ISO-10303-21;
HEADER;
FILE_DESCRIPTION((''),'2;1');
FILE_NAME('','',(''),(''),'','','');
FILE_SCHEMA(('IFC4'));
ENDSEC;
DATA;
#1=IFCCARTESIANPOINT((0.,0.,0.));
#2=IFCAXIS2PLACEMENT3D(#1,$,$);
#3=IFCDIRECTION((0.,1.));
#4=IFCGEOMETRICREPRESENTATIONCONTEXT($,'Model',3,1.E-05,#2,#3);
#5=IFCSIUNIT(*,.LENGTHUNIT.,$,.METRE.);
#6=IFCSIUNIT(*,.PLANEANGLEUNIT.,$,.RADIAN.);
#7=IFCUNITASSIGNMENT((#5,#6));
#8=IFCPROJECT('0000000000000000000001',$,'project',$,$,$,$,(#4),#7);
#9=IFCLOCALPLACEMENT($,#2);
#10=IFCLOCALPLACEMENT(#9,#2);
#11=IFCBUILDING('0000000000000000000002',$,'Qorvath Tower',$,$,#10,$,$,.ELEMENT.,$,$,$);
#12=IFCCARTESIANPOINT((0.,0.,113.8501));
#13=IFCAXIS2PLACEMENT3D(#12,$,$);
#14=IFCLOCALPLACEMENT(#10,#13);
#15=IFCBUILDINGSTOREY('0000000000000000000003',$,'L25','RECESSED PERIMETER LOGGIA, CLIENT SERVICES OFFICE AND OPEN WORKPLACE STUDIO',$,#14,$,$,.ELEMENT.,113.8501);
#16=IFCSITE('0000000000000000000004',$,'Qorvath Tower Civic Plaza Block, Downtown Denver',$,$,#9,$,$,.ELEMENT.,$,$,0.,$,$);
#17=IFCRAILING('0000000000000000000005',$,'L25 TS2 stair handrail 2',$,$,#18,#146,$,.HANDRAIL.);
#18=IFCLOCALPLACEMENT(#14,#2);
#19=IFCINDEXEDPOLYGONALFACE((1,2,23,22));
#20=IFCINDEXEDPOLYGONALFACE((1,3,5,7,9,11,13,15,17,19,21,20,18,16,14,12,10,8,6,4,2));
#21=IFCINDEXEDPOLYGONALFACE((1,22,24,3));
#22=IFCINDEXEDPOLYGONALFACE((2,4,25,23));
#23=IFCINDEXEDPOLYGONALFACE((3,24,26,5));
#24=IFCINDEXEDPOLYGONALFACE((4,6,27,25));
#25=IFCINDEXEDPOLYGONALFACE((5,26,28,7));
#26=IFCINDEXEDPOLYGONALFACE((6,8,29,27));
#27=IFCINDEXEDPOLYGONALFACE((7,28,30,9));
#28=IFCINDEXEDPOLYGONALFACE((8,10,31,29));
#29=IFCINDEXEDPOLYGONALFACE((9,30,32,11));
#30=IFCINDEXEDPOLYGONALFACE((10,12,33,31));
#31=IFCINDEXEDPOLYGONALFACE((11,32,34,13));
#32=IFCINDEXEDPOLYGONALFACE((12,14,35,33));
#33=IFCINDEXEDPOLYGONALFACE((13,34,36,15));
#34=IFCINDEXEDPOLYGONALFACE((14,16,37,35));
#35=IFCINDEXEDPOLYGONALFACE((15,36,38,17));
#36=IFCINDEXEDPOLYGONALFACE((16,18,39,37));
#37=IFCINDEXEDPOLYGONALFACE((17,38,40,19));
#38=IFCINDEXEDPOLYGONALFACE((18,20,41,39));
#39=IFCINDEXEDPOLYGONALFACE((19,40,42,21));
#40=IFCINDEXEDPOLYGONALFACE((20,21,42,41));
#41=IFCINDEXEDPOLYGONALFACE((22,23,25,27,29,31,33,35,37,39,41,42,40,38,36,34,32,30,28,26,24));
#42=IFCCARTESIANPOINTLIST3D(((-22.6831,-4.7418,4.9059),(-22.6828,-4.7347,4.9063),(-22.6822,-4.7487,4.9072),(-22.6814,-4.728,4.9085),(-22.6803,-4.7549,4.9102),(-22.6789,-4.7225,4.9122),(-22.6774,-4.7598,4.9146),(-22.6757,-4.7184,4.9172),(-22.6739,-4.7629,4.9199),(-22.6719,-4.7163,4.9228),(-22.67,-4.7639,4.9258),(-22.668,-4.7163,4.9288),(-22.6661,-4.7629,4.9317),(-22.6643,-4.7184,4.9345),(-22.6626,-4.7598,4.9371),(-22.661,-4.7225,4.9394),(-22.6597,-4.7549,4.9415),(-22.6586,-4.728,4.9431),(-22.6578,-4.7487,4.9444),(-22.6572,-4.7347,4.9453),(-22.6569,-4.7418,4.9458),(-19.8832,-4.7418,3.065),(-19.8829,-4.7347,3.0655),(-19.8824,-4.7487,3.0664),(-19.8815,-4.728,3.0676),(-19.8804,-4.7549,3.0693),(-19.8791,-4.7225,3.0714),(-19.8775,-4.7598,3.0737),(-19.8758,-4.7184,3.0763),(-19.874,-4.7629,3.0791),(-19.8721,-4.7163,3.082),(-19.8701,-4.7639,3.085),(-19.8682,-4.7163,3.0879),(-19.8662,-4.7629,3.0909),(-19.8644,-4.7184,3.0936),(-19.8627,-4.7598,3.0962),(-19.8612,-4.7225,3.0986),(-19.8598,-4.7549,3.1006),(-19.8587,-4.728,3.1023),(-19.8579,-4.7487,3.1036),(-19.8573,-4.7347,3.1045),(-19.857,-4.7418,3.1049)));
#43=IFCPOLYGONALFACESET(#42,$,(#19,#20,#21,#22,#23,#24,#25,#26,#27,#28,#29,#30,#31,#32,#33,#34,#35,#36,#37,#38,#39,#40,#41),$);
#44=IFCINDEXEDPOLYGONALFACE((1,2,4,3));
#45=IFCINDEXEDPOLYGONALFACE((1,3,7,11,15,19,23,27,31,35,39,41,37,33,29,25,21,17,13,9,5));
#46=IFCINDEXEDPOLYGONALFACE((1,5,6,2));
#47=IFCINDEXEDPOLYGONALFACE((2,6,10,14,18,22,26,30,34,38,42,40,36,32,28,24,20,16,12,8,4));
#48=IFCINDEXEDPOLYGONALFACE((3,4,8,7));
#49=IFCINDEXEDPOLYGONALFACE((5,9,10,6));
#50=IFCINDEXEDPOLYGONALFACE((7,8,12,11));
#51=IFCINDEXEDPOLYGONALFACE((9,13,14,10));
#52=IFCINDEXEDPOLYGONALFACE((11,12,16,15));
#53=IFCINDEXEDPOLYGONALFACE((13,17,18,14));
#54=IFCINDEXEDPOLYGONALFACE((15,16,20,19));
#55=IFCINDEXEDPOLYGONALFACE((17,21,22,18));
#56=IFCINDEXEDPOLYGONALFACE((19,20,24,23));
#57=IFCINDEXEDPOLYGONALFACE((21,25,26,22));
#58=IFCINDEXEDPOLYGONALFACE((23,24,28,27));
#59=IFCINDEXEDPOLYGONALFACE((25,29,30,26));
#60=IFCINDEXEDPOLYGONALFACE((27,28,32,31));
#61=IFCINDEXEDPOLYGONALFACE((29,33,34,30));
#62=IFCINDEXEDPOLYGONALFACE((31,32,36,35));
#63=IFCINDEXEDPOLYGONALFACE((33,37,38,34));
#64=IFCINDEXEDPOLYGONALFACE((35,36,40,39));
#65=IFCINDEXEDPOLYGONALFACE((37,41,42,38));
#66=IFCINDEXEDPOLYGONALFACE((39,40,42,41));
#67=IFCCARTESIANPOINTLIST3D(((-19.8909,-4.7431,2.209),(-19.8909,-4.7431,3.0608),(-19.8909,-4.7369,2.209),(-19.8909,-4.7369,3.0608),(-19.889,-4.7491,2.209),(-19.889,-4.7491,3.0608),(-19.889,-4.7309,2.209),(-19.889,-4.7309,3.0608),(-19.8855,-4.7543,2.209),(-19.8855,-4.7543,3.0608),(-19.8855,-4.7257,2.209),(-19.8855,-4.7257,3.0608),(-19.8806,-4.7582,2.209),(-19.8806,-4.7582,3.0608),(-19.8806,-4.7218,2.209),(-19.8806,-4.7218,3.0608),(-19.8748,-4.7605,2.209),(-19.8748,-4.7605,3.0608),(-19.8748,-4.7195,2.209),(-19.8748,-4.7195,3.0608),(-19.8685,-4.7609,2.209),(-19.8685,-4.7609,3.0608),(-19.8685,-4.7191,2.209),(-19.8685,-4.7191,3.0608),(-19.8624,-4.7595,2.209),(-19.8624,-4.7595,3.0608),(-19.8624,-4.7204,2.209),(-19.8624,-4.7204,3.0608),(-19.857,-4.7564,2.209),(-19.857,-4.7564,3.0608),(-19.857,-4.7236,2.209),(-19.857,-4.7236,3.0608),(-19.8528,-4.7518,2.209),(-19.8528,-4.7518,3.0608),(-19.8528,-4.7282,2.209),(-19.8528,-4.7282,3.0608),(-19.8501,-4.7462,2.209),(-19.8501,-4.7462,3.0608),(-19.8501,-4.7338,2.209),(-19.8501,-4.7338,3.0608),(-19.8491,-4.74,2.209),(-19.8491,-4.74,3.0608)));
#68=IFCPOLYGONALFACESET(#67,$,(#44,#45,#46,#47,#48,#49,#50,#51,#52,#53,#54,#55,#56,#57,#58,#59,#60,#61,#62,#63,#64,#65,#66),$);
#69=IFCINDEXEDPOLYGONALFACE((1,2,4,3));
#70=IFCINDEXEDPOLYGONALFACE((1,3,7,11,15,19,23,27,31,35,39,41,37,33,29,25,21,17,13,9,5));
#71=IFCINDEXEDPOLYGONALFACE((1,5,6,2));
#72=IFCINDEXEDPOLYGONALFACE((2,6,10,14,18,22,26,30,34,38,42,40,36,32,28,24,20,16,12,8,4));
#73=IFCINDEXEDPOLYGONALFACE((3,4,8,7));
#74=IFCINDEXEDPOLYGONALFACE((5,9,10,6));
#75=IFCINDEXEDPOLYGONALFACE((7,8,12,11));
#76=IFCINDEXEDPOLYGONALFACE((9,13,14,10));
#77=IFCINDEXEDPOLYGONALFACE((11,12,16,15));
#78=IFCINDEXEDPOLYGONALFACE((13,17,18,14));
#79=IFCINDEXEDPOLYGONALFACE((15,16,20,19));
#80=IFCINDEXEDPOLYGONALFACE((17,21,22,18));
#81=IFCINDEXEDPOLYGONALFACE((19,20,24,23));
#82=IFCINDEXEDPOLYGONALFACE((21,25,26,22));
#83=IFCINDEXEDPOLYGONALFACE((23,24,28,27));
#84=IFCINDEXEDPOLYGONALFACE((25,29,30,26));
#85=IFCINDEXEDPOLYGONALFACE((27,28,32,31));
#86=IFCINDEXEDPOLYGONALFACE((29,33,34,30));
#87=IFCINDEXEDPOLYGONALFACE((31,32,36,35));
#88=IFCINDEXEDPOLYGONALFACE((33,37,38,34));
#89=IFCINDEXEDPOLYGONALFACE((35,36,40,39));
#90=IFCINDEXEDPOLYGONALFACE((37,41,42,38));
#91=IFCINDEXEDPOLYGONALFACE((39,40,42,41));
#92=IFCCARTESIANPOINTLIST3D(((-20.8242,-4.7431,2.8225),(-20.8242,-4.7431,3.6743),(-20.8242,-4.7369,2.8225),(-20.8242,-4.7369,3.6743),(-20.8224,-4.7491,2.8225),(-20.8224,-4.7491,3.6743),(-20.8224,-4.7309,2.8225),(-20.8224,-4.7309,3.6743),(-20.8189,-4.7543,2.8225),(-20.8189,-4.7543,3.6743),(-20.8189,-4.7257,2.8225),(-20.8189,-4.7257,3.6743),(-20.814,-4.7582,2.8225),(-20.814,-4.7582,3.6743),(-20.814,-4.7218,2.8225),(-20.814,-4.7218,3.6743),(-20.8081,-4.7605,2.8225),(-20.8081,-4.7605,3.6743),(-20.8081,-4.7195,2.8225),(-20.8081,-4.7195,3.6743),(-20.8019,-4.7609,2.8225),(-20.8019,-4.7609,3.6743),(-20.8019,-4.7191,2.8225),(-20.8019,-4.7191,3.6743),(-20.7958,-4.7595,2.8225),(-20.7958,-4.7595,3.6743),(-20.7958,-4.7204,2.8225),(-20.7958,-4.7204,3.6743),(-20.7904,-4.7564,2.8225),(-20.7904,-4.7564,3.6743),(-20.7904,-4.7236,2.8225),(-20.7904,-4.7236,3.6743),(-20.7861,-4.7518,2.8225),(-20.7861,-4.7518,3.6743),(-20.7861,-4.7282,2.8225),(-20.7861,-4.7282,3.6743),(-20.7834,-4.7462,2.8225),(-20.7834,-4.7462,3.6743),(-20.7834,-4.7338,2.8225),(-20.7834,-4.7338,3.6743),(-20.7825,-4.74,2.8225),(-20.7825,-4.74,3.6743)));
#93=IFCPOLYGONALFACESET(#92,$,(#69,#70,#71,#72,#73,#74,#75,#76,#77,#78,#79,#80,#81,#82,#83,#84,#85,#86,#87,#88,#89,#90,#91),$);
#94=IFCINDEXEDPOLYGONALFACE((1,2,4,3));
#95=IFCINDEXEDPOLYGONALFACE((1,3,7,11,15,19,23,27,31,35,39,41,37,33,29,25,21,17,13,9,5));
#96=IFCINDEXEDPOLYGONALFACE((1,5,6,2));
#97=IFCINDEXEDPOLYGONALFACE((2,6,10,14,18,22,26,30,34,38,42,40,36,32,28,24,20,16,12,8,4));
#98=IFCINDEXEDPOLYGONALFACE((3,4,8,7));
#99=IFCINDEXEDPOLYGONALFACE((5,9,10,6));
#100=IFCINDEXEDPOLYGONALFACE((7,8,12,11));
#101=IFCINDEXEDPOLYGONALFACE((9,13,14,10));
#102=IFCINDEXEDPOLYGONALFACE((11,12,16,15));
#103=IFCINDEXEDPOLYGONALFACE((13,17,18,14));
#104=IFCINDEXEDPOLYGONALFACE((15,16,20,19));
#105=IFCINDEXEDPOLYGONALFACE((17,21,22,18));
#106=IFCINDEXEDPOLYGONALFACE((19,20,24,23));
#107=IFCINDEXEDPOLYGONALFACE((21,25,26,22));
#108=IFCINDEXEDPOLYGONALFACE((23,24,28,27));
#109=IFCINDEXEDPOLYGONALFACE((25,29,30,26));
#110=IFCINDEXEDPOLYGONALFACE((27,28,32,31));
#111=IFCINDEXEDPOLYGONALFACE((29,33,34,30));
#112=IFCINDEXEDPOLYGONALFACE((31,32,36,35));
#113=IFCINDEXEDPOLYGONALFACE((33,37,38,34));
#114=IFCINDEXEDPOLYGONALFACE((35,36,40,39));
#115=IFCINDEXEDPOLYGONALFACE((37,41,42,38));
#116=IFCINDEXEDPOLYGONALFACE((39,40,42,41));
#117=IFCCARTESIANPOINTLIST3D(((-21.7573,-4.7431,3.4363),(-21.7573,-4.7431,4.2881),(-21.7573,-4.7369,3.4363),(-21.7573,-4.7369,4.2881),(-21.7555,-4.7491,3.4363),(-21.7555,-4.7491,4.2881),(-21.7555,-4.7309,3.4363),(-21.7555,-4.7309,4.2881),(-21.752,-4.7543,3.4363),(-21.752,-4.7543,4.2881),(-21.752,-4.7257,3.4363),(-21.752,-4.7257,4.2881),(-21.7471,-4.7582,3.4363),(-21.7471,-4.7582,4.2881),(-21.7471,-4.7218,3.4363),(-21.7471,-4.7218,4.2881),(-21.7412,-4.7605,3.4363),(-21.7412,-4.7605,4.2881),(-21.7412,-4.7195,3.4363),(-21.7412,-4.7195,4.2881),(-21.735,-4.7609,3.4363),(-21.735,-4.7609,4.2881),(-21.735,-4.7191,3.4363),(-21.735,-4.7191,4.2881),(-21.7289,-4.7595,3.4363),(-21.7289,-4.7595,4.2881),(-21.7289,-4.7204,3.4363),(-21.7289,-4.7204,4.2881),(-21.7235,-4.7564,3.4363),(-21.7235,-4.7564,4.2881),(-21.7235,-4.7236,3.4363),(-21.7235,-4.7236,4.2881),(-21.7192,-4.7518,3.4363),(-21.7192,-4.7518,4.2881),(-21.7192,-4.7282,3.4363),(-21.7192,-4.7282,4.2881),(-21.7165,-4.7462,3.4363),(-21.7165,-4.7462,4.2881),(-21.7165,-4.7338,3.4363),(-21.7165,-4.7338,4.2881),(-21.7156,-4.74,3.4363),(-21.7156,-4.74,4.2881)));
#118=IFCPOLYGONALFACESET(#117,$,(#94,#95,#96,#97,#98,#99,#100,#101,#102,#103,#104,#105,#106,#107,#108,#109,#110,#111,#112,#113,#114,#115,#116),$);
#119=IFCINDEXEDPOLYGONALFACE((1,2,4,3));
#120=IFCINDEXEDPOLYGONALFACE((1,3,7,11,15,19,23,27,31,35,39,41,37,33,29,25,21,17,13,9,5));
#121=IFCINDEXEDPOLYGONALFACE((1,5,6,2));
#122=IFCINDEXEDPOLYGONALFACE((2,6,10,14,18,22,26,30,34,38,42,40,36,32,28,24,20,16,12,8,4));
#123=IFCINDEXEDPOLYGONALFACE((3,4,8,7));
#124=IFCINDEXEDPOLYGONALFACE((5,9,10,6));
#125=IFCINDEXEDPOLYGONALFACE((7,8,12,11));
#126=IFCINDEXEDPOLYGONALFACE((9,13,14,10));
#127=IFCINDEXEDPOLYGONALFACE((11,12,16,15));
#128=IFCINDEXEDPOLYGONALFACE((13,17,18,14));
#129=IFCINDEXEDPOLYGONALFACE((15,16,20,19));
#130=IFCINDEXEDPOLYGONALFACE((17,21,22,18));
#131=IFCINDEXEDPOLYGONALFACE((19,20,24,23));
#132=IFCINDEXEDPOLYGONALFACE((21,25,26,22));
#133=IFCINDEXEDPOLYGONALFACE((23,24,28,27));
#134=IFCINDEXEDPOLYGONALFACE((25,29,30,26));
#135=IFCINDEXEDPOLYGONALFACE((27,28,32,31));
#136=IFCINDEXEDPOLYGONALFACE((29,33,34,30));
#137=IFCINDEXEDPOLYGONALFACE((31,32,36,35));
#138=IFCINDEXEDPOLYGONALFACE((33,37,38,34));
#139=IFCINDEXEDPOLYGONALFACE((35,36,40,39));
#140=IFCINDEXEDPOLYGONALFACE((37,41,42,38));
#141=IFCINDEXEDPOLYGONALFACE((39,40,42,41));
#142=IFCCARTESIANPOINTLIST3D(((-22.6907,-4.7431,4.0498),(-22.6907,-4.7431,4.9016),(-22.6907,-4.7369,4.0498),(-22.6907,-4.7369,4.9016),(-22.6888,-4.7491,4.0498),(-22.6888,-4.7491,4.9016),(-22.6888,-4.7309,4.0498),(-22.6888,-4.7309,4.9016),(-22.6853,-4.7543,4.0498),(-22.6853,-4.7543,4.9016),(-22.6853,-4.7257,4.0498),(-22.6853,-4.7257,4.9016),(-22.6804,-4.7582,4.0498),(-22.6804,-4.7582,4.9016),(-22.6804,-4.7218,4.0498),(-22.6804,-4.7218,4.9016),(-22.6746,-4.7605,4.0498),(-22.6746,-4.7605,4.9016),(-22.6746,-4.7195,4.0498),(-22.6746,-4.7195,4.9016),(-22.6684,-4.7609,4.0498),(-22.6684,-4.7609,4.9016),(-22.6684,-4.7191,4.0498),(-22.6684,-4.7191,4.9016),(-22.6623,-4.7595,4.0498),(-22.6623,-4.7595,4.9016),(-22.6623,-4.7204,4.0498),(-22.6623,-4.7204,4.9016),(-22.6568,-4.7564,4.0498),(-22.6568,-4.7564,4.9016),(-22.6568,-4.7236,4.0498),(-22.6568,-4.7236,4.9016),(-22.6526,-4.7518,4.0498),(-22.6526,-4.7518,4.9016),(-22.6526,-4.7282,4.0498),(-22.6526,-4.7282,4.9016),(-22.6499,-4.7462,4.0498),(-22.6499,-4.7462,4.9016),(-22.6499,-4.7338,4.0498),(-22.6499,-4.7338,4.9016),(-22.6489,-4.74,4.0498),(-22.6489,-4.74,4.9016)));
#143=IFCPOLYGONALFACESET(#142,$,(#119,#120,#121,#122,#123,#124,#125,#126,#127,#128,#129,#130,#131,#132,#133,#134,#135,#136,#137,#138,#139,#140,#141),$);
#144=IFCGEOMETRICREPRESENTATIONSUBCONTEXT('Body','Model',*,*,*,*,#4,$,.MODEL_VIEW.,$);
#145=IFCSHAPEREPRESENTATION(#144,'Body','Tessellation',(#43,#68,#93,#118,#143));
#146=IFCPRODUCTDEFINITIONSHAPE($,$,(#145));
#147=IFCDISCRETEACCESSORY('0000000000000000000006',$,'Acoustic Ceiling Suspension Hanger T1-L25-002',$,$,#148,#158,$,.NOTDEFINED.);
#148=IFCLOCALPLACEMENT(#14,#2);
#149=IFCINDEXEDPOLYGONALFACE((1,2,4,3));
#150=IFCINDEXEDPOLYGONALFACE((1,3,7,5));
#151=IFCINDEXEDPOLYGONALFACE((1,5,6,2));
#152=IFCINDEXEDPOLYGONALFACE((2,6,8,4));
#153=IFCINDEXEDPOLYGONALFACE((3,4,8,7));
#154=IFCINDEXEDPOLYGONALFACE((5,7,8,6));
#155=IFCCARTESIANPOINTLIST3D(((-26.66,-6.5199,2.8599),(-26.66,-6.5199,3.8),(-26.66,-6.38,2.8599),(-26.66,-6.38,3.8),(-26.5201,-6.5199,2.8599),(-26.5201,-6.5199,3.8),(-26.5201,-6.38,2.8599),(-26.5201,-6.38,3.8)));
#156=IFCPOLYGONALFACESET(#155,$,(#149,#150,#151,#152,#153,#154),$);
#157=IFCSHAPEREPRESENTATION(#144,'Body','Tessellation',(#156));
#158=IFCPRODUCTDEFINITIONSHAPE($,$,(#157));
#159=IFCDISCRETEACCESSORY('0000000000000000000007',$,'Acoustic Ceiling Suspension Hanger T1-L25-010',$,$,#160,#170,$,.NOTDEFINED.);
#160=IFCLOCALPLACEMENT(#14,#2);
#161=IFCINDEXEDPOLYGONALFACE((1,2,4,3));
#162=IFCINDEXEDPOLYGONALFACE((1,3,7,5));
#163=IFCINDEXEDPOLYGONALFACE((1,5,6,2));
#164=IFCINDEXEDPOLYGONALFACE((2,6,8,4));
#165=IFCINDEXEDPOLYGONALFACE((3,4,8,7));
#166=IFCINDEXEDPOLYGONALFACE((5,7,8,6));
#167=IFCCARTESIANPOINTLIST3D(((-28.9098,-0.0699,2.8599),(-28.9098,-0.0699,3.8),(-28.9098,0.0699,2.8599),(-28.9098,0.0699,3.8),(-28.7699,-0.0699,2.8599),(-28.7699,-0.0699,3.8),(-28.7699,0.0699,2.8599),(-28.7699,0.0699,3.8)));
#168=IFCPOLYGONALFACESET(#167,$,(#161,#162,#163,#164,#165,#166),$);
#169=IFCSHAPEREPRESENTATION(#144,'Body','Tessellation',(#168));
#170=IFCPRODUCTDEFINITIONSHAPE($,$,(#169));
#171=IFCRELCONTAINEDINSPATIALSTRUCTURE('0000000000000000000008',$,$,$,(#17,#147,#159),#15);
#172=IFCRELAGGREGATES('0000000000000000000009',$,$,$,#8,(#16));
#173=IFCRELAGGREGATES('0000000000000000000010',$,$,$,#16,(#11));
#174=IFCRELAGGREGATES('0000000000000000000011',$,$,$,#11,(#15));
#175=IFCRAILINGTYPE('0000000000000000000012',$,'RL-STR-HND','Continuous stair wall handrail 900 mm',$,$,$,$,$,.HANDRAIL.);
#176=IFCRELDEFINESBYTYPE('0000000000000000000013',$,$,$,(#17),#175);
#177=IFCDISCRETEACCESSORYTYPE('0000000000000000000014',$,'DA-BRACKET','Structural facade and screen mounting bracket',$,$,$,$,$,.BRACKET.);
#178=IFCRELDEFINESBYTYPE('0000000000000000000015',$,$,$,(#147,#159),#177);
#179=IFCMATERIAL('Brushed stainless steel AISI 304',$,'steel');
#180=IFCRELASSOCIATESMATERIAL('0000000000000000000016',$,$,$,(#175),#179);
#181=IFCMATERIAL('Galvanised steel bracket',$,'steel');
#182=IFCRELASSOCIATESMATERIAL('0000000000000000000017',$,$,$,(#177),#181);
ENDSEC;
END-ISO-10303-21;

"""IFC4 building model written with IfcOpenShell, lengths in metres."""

from ifc_helpers import new_model, si_unit, direction, frame, origin, origin_2d, place, context, subcontext, project, spatial, rectangle, circle, extrude, material, type_object, element, save


model = new_model("IFC4")

# Units and contexts
model_context = context("Model", 3, precision=1e-05, world=origin(), true_north=direction((0.0, 1.0)))
body_context = subcontext(model_context, "Body", "Model", "MODEL_VIEW")
ifc_project = project(units=[si_unit("LENGTHUNIT", "METRE"), si_unit("PLANEANGLEUNIT", "RADIAN")], contexts=[model_context])

# Site, building, storey
site_placement = place(None, origin())
site = spatial("IfcSite", under=ifc_project, at=site_placement, Name="Qorvath Tower Civic Plaza Block, Downtown Denver", CompositionType="ELEMENT", RefElevation=0.0)
building_placement = place(site_placement, origin())
building = spatial("IfcBuilding", under=site, at=building_placement, Name="Qorvath Tower", CompositionType="ELEMENT")
storey_placement = place(building_placement, frame((0.0, 0.0, 113.8501)))
storey = spatial("IfcBuildingStorey", under=building, at=storey_placement, Name="L25", Description="RECESSED PERIMETER LOGGIA, CLIENT SERVICES OFFICE AND OPEN WORKPLACE STUDIO", CompositionType="ELEMENT", Elevation=113.8501)

# Railing
ifc_material_1 = material(Name="Brushed stainless steel AISI 304", Category="steel")
railing_type_1 = type_object("IfcRailingType", Name="RL-STR-HND", Description="Continuous stair wall handrail 900 mm", PredefinedType="HANDRAIL", material=ifc_material_1)
railing_1_placement = place(storey_placement, frame((-19.8701, -4.74, 2.209)))
element("IfcRailing", 1, at=railing_1_placement, inside=storey, type_object=railing_type_1, Name="L25 TS2 stair handrail 2", PredefinedType="HANDRAIL", context=body_context, shape_type="SweptSolid", body=[
    extrude(circle(Radius=0.0239, at=origin_2d()), frame((0.0, 0.0, 0.876), z_axis=(-0.835576, 0.0, 0.549376), x_axis=(0.0, -1.0, 0.0)), (0.0, 0.0, 1.0), 3.3508),
    extrude(circle(Radius=0.021, at=origin_2d()), origin(), (0.0, 0.0, 1.0), 0.8518),
    extrude(circle(Radius=0.021, at=origin_2d()), frame((-0.9333, 0.0, 0.6135)), (0.0, 0.0, 1.0), 0.8518),
    extrude(circle(Radius=0.021, at=origin_2d()), frame((-1.8665, 0.0, 1.2273)), (0.0, 0.0, 1.0), 0.8518),
    extrude(circle(Radius=0.021, at=origin_2d()), frame((-2.7998, 0.0, 1.8408)), (0.0, 0.0, 1.0), 0.8518),
])

# Discrete accessories
ifc_material_2 = material(Name="Galvanised steel bracket", Category="steel")
discrete_accessory_type = type_object("IfcDiscreteAccessoryType", Name="DA-BRACKET", Description="Structural facade and screen mounting bracket", PredefinedType="BRACKET", material=ifc_material_2)
for number, where, z_axis, x_axis, name in (
    (2, (-26.5901, -6.45, 2.8599), (0.0, 0.0, 1.0), (1.0, 0.0, 0.0), "Acoustic Ceiling Suspension Hanger T1-L25-002"),
    (3, (-28.8398, 0.0, 2.8599), (0.0, 0.0, 1.0), (1.0, 0.0, 0.0), "Acoustic Ceiling Suspension Hanger T1-L25-010"),
):
    element("IfcDiscreteAccessory", number, at=place(storey_placement, frame(where, z_axis=z_axis, x_axis=x_axis)), inside=storey, type_object=discrete_accessory_type, Name=name, PredefinedType="NOTDEFINED", context=body_context, shape_type="SweptSolid", body=[
        extrude(rectangle(XDim=0.1399, YDim=0.1399, at=origin_2d()), origin(), (0.0, 0.0, 1.0), 0.9402),
    ])

save(model, "model.ifc")
